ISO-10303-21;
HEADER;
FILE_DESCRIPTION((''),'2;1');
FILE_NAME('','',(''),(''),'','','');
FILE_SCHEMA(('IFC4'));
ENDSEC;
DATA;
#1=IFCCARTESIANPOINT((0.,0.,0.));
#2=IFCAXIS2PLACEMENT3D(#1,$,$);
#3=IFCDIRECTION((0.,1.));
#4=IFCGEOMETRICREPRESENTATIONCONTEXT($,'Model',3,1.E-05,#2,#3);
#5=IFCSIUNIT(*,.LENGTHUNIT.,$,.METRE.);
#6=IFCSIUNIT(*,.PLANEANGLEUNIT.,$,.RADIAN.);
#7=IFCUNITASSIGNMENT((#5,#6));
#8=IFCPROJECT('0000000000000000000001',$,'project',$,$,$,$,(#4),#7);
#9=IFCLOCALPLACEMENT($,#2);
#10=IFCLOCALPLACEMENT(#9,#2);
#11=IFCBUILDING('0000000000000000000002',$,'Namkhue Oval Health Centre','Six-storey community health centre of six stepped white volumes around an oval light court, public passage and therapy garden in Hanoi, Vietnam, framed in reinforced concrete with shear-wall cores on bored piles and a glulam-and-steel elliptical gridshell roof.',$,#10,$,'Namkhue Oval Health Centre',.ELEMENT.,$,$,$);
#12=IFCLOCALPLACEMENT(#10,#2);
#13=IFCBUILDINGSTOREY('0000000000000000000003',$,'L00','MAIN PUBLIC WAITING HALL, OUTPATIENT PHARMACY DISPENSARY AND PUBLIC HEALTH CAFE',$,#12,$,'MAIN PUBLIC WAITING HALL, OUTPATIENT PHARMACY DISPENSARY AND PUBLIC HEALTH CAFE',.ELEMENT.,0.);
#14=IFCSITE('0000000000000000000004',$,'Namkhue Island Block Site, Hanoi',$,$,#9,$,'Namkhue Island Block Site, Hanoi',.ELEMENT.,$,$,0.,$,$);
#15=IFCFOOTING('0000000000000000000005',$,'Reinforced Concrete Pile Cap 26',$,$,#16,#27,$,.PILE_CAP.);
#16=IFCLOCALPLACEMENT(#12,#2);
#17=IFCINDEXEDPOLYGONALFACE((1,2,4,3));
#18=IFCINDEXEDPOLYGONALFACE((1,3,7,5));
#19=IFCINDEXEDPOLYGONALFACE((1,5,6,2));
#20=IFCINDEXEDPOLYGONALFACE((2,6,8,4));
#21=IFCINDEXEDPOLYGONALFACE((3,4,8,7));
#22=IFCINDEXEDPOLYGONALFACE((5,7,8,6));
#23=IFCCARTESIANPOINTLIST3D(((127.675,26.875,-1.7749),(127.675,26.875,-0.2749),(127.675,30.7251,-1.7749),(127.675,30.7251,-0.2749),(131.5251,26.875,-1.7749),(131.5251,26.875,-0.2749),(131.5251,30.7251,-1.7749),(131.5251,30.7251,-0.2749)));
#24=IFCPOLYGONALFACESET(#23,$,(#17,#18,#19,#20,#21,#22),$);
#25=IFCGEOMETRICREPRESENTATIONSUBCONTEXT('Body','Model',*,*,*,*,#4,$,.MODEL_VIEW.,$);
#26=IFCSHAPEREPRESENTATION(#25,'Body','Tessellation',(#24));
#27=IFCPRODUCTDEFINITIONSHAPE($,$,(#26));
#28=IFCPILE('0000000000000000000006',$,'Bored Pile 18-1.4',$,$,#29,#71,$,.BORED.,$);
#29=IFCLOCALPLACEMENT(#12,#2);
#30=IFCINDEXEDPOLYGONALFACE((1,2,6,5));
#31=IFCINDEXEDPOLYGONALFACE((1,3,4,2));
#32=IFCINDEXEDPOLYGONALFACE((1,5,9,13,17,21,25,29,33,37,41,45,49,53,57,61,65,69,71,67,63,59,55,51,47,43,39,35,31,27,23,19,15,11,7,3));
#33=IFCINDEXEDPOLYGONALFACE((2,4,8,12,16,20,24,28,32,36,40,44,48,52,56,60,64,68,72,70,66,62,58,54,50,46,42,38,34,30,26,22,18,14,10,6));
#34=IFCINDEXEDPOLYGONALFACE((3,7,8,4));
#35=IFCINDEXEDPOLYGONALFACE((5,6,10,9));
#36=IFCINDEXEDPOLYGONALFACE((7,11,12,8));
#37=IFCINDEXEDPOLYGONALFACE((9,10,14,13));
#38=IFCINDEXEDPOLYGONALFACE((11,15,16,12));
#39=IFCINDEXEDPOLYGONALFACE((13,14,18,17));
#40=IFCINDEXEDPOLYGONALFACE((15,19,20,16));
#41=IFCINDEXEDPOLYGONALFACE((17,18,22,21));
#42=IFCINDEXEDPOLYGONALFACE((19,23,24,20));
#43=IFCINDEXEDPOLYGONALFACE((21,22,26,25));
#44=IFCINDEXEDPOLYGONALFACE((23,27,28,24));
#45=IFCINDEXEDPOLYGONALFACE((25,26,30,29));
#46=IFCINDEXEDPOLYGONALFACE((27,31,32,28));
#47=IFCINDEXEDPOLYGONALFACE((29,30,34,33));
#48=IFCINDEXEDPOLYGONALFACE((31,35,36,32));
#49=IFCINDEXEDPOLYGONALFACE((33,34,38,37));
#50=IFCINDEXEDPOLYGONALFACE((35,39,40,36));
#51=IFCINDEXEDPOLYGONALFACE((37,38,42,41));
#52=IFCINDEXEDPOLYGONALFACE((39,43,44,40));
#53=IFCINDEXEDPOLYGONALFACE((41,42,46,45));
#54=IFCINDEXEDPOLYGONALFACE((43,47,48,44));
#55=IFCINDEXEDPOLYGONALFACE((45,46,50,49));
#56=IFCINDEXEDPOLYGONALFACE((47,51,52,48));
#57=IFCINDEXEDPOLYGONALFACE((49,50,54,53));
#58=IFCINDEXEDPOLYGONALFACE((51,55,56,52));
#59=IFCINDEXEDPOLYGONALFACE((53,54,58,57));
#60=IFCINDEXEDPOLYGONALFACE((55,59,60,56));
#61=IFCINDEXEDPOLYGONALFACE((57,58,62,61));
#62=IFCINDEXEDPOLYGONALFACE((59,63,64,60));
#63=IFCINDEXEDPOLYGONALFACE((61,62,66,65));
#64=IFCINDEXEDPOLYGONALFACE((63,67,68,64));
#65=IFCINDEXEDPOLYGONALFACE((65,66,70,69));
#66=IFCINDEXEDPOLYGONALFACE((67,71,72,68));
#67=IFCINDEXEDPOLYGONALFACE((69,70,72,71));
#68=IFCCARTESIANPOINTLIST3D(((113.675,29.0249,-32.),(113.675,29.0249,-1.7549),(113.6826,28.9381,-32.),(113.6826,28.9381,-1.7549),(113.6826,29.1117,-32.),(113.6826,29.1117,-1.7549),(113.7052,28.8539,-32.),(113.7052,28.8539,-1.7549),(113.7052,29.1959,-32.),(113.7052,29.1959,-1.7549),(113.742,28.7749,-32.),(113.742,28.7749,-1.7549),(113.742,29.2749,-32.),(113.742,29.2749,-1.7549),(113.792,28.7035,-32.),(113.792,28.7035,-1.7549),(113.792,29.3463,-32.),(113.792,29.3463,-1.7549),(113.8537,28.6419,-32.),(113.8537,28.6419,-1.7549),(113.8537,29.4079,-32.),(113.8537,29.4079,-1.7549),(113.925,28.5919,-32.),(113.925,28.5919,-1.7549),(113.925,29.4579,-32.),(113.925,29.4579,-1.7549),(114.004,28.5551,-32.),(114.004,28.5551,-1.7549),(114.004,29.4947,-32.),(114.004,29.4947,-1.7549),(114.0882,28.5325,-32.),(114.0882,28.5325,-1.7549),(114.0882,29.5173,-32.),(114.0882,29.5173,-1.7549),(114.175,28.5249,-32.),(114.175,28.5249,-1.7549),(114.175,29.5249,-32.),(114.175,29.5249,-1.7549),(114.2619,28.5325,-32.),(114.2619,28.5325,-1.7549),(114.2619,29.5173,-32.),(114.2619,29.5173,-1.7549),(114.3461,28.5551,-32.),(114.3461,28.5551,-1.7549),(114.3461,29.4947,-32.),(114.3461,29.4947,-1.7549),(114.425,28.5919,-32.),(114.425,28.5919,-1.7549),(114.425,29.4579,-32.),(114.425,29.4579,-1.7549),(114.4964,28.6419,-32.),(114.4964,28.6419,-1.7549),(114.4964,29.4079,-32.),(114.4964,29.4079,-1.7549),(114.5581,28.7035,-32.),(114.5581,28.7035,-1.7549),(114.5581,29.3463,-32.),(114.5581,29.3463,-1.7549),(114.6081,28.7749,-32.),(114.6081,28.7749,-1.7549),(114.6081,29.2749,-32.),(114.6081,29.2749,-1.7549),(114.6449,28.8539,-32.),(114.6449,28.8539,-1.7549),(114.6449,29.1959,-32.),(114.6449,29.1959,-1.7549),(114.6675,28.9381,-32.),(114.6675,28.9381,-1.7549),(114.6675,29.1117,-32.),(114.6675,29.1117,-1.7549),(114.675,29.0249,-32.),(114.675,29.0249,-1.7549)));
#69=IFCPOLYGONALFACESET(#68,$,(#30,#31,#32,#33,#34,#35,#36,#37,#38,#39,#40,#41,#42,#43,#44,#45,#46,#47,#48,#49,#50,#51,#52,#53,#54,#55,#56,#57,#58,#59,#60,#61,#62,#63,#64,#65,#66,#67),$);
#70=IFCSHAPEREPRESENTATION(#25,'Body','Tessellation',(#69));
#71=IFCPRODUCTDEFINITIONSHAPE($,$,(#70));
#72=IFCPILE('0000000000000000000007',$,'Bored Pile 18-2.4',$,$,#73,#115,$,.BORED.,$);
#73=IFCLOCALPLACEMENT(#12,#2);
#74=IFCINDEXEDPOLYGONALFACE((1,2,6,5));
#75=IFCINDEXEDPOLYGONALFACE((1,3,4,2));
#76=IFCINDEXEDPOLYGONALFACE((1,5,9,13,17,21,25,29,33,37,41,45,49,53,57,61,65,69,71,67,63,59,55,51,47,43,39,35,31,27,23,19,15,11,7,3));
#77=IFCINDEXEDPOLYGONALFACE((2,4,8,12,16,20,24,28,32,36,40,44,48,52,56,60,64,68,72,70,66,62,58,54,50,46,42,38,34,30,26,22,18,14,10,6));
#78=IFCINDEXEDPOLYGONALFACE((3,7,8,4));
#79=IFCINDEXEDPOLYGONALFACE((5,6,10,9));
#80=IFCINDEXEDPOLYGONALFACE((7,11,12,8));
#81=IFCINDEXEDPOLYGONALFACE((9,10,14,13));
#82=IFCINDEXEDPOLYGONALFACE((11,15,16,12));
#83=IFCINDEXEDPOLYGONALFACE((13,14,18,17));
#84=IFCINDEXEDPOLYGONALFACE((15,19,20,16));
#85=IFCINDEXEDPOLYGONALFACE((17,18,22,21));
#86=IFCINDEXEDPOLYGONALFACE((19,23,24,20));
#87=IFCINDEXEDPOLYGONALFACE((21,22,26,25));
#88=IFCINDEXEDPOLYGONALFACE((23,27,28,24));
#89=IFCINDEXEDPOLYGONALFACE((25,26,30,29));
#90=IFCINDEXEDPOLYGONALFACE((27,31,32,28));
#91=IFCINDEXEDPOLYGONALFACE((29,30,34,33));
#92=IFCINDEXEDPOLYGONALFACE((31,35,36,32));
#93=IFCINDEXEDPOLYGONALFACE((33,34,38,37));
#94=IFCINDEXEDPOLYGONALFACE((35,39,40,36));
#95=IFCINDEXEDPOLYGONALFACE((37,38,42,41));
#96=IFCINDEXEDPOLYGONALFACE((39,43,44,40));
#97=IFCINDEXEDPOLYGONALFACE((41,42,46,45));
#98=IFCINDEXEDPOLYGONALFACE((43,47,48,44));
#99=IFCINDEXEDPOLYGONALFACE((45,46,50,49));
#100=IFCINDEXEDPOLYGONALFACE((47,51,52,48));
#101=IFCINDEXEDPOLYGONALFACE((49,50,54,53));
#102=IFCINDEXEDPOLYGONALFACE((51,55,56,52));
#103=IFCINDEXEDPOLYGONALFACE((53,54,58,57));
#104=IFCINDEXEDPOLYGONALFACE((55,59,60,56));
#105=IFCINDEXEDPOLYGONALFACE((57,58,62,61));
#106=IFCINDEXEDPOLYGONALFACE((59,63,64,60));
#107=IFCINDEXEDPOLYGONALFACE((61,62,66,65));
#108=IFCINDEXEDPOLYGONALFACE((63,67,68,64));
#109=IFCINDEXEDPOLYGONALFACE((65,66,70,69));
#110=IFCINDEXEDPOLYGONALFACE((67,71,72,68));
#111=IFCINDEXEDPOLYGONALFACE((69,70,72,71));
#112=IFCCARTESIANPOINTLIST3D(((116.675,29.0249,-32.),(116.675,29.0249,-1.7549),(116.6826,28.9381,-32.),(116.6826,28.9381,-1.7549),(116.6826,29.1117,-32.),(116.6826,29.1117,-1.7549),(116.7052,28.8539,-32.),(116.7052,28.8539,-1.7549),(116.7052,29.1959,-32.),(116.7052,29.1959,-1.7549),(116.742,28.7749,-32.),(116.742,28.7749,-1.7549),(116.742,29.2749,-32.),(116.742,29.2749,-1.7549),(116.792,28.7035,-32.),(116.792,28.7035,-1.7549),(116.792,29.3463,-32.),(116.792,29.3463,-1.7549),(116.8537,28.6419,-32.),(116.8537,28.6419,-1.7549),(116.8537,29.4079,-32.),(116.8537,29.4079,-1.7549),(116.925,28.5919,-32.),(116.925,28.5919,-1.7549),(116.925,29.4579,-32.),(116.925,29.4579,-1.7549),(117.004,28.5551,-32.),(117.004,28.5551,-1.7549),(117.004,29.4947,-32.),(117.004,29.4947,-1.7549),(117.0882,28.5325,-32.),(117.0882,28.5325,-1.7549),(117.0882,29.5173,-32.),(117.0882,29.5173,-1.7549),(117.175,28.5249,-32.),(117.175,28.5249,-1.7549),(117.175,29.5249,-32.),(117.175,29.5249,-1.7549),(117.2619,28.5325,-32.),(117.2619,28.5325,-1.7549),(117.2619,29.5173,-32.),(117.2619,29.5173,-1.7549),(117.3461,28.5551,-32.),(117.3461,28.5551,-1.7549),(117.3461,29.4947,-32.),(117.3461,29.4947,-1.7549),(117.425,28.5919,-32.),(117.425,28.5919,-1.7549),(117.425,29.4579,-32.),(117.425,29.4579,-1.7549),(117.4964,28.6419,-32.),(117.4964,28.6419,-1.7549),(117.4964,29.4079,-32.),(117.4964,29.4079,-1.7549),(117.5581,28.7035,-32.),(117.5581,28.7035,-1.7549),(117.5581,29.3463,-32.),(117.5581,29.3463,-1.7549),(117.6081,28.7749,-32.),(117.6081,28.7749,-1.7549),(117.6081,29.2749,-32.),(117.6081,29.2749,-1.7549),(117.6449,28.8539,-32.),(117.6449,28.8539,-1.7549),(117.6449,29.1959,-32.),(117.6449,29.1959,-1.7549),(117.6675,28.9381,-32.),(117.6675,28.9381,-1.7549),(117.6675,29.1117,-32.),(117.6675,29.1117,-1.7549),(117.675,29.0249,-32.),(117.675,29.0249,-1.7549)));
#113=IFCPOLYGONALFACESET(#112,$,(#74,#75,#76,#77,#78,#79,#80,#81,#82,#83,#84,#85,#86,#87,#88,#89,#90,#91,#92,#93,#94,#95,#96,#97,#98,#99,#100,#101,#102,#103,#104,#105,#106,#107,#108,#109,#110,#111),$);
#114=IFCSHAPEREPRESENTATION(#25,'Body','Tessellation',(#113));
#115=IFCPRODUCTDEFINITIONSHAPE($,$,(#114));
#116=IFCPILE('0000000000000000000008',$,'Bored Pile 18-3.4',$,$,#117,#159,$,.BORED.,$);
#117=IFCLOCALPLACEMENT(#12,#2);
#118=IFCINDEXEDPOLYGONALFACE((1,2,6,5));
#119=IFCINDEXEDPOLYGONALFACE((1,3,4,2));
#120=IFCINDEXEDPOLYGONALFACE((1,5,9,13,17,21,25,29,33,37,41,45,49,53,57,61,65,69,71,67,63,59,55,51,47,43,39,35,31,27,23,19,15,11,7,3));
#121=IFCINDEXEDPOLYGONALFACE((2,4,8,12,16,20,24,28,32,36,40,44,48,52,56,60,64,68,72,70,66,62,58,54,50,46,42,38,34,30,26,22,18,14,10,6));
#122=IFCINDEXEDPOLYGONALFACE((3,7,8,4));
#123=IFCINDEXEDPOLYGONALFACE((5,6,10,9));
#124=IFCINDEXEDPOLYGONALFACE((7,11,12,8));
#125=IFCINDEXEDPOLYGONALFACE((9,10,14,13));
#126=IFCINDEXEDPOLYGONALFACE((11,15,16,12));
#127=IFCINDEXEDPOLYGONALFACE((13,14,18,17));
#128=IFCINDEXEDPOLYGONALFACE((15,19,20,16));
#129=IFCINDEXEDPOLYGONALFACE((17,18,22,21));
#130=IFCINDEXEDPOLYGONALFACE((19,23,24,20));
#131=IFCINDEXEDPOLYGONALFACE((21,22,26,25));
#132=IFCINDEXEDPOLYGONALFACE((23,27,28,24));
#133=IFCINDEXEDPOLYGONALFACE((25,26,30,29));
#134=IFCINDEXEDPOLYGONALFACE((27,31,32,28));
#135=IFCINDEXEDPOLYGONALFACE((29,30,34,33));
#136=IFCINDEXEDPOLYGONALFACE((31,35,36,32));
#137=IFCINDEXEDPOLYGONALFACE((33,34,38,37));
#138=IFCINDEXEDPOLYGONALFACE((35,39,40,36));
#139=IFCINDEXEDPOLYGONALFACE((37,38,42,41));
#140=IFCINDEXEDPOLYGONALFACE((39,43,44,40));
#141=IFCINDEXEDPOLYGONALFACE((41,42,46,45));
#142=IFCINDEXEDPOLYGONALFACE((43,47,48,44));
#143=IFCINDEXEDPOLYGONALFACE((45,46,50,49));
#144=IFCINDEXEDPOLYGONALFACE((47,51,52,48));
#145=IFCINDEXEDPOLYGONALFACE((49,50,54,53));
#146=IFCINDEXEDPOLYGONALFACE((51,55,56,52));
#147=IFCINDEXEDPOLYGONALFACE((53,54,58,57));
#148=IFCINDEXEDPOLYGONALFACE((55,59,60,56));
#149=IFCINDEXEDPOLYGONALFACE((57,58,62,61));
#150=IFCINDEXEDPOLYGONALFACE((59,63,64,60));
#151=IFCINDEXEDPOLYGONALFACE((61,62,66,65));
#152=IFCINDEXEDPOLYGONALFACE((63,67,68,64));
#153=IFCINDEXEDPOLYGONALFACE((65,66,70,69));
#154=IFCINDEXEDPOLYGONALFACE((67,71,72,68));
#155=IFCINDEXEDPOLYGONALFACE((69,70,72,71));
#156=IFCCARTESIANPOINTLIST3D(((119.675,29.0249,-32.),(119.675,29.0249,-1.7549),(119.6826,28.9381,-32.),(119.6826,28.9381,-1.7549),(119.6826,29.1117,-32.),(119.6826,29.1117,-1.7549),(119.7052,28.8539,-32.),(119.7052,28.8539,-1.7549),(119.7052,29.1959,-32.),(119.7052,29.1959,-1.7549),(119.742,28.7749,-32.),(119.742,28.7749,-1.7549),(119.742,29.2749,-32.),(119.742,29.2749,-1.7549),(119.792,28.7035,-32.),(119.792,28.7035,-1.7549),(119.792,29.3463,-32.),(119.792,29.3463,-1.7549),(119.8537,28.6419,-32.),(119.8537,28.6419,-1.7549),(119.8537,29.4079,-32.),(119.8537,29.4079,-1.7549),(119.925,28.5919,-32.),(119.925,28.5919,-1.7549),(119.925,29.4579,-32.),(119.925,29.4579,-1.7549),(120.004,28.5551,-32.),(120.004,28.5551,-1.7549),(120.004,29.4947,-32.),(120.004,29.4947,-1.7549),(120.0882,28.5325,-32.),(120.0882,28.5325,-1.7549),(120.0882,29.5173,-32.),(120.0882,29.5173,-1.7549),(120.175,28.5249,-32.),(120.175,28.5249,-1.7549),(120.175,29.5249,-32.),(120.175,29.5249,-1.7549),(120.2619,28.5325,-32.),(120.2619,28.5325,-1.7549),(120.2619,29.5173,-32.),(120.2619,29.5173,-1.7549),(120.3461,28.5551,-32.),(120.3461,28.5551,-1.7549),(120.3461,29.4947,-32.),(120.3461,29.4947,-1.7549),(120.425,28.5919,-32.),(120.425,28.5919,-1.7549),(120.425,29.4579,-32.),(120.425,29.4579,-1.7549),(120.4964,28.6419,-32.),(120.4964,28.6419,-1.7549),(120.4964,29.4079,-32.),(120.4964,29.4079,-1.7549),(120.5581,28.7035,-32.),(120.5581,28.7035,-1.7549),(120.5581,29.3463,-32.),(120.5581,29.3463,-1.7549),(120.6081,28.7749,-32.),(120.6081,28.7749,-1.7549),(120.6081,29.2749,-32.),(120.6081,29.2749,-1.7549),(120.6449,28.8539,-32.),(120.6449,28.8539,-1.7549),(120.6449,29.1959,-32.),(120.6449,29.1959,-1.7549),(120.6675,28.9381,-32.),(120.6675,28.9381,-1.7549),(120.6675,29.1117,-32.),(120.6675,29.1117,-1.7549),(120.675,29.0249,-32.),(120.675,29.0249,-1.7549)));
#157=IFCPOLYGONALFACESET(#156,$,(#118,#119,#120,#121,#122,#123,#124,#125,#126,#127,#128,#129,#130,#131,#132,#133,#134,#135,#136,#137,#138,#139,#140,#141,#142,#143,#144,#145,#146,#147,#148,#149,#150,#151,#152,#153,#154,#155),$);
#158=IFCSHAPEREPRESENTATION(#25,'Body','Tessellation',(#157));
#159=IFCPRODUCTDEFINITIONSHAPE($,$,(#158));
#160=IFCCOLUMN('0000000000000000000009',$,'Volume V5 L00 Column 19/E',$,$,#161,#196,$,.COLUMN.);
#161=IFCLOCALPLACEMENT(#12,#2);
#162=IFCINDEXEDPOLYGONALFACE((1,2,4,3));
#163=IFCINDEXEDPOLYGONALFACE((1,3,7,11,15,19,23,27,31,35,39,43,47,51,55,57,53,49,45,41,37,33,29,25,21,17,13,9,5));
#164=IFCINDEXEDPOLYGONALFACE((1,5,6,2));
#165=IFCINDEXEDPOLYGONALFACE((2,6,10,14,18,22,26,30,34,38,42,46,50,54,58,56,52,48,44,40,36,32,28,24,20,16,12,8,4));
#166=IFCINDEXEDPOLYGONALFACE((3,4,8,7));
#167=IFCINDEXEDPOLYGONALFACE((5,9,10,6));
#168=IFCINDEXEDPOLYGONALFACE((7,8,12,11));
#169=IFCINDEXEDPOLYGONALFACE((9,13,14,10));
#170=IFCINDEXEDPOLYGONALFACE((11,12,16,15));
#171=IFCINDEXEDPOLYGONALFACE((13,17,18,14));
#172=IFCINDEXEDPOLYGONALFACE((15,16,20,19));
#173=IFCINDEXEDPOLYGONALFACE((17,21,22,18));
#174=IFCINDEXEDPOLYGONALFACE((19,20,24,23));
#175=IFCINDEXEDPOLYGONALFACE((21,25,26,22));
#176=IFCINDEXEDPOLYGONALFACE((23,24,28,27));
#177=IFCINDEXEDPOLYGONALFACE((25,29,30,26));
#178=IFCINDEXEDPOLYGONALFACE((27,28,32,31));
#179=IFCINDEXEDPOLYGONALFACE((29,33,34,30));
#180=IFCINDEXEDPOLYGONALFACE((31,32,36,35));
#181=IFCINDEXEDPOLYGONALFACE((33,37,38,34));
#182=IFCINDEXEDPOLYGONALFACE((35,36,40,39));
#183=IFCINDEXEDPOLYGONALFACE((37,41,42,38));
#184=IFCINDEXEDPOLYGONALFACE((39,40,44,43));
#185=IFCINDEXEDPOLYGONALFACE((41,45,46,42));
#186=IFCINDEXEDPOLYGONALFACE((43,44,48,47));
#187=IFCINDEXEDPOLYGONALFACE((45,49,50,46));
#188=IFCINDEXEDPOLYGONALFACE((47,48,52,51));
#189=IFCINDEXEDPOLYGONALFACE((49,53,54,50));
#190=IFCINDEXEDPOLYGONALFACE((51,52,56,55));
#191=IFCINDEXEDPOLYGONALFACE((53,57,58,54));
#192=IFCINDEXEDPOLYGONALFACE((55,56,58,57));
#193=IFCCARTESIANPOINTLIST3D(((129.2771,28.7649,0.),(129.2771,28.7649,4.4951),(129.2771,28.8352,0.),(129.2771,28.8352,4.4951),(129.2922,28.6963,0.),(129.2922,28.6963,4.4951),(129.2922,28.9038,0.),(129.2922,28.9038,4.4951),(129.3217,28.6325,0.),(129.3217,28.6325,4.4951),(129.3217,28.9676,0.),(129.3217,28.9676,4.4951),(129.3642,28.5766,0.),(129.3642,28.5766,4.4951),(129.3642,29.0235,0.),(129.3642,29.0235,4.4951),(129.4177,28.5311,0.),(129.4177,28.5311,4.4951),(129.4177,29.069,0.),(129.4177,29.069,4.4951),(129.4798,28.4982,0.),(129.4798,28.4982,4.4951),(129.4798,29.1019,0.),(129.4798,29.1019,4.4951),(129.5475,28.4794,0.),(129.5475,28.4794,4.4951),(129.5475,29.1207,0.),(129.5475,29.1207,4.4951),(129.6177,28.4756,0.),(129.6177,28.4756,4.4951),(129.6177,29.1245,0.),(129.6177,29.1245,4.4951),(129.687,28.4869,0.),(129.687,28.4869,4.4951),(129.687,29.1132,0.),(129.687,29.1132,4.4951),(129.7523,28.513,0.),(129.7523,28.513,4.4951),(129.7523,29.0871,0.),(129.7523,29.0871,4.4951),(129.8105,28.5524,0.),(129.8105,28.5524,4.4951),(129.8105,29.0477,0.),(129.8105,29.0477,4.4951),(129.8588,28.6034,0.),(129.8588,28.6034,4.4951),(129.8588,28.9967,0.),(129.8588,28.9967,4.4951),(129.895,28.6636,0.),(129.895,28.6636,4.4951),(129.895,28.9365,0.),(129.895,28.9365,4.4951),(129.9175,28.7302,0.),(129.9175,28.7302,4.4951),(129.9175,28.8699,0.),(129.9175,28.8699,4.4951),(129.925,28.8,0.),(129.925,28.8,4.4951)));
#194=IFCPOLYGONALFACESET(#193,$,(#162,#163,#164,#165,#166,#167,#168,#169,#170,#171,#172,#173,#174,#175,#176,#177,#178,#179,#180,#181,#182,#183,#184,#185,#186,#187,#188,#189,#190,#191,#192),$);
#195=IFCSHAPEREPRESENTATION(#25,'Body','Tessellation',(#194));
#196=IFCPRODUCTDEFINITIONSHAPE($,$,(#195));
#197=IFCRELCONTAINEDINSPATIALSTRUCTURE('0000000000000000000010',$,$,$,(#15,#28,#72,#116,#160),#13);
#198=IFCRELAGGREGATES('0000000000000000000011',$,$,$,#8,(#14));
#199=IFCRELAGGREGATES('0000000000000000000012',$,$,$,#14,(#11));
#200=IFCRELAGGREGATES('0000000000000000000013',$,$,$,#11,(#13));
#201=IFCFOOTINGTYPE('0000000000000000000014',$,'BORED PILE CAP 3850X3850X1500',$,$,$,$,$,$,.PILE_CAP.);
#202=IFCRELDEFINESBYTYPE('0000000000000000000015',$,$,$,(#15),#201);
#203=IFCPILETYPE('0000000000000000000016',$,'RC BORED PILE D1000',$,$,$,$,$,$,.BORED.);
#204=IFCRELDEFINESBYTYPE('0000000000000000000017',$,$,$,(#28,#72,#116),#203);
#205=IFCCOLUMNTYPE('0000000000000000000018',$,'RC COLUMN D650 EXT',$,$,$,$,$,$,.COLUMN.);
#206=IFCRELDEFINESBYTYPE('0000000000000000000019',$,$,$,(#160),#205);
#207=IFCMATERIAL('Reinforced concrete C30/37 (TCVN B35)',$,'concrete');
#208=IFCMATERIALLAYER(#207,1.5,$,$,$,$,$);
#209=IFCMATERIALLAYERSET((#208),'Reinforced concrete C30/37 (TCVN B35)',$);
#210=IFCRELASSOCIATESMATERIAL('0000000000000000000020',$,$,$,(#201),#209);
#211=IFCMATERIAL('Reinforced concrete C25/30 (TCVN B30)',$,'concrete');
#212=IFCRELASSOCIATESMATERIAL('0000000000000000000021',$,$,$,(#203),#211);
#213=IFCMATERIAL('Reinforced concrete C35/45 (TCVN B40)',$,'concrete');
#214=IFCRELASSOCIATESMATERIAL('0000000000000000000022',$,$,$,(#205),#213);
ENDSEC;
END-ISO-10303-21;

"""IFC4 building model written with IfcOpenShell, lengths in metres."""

from ifc_helpers import new_model, si_unit, direction, frame, origin, origin_2d, place, context, subcontext, project, spatial, rectangle, circle, extrude, material, layer, layer_set, material_profile, profile_set, type_object, element, save


model = new_model("IFC4")

# Units and contexts
model_context = context("Model", 3, precision=1e-05, world=origin(), true_north=direction((0.0, 1.0)))
body_context = subcontext(model_context, "Body", "Model", "MODEL_VIEW")
ifc_project = project(units=[si_unit("LENGTHUNIT", "METRE"), si_unit("PLANEANGLEUNIT", "RADIAN")], contexts=[model_context])

# Site, building, storey
site_placement = place(None, origin())
site = spatial("IfcSite", under=ifc_project, at=site_placement, Name="Namkhue Island Block Site, Hanoi", LongName="Namkhue Island Block Site, Hanoi", CompositionType="ELEMENT", RefElevation=0.0)
building_placement = place(site_placement, origin())
building = spatial("IfcBuilding", under=site, at=building_placement, Name="Namkhue Oval Health Centre", Description="Six-storey community health centre of six stepped white volumes around an oval light court, public passage and therapy garden in Hanoi, Vietnam, framed in reinforced concrete with shear-wall cores on bored piles and a glulam-and-steel elliptical gridshell roof.", LongName="Namkhue Oval Health Centre", CompositionType="ELEMENT")
storey_placement = place(building_placement, origin())
storey = spatial("IfcBuildingStorey", under=building, at=storey_placement, Name="L00", Description="MAIN PUBLIC WAITING HALL, OUTPATIENT PHARMACY DISPENSARY AND PUBLIC HEALTH CAFE", LongName="MAIN PUBLIC WAITING HALL, OUTPATIENT PHARMACY DISPENSARY AND PUBLIC HEALTH CAFE", CompositionType="ELEMENT", Elevation=0.0)

# Footing
ifc_material_1 = material(Name="Reinforced concrete C30/37 (TCVN B35)", Category="concrete")
ifc_layer_1 = layer(ifc_material_1, 1.5)
ifc_layer_set_1 = layer_set([ifc_layer_1], Name="Reinforced concrete C30/37 (TCVN B35)")
footing_type = type_object("IfcFootingType", Name="BORED PILE CAP 3850X3850X1500", PredefinedType="PILE_CAP", material=ifc_layer_set_1)
footing_placement = place(storey_placement, frame((129.6001, 28.8, -1.7749), z_axis=(0.0, 0.0, 1.0), x_axis=(1.0, 0.0, 0.0)))
element("IfcFooting", 1, at=footing_placement, inside=storey, type_object=footing_type, Name="Reinforced Concrete Pile Cap 26", PredefinedType="PILE_CAP", context=body_context, shape_type="SweptSolid", body=[
    extrude(rectangle(XDim=3.8501, YDim=3.8501, at=origin_2d()), origin(), (0.0, 0.0, 1.0), 1.5),
])

# Piles
ifc_material_2 = material(Name="Reinforced concrete C25/30 (TCVN B30)", Category="concrete")
ifc_material_profile_1 = material_profile(ifc_material_2, circle(Radius=0.5, at=origin_2d()), Name="BORED PILE D1000")
ifc_profile_set_1 = profile_set([ifc_material_profile_1], Name="Reinforced concrete C25/30 (TCVN B30)")
pile_type = type_object("IfcPileType", Name="RC BORED PILE D1000", PredefinedType="BORED", material=ifc_profile_set_1)
for number, where, z_axis, x_axis, name in (
    (2, (114.175, 29.0249, -1.7549), (0.0, 0.0, -1.0), (1.0, 0.0, 0.0), "Bored Pile 18-1.4"),
    (3, (117.175, 29.0249, -1.7549), (0.0, 0.0, -1.0), (1.0, 0.0, 0.0), "Bored Pile 18-2.4"),
    (4, (120.175, 29.0249, -1.7549), (0.0, 0.0, -1.0), (1.0, 0.0, 0.0), "Bored Pile 18-3.4"),
):
    element("IfcPile", number, at=place(storey_placement, frame(where, z_axis=z_axis, x_axis=x_axis)), inside=storey, type_object=pile_type, Name=name, PredefinedType="BORED", context=body_context, shape_type="SweptSolid", body=[
        extrude(circle(Radius=0.5, at=origin_2d()), origin(), (0.0, 0.0, 1.0), 30.2451),
    ])

# Column
ifc_material_3 = material(Name="Reinforced concrete C35/45 (TCVN B40)", Category="concrete")
ifc_material_profile_2 = material_profile(ifc_material_3, circle(Radius=0.325, at=origin_2d()), Name="RC D650")
ifc_profile_set_2 = profile_set([ifc_material_profile_2], Name="Reinforced concrete C35/45 (TCVN B40)")
column_type = type_object("IfcColumnType", Name="RC COLUMN D650 EXT", PredefinedType="COLUMN", material=ifc_profile_set_2)
column_placement = place(storey_placement, frame((129.6001, 28.8, 0.0), z_axis=(0.0, 0.0, 1.0), x_axis=(1.0, 0.0, 0.0)))
element("IfcColumn", 5, at=column_placement, inside=storey, type_object=column_type, Name="Volume V5 L00 Column 19/E", PredefinedType="COLUMN", context=body_context, shape_type="SweptSolid", body=[
    extrude(circle(Radius=0.325, at=origin_2d()), origin(), (0.0, 0.0, 1.0), 4.4951),
])

save(model, "model.ifc")
